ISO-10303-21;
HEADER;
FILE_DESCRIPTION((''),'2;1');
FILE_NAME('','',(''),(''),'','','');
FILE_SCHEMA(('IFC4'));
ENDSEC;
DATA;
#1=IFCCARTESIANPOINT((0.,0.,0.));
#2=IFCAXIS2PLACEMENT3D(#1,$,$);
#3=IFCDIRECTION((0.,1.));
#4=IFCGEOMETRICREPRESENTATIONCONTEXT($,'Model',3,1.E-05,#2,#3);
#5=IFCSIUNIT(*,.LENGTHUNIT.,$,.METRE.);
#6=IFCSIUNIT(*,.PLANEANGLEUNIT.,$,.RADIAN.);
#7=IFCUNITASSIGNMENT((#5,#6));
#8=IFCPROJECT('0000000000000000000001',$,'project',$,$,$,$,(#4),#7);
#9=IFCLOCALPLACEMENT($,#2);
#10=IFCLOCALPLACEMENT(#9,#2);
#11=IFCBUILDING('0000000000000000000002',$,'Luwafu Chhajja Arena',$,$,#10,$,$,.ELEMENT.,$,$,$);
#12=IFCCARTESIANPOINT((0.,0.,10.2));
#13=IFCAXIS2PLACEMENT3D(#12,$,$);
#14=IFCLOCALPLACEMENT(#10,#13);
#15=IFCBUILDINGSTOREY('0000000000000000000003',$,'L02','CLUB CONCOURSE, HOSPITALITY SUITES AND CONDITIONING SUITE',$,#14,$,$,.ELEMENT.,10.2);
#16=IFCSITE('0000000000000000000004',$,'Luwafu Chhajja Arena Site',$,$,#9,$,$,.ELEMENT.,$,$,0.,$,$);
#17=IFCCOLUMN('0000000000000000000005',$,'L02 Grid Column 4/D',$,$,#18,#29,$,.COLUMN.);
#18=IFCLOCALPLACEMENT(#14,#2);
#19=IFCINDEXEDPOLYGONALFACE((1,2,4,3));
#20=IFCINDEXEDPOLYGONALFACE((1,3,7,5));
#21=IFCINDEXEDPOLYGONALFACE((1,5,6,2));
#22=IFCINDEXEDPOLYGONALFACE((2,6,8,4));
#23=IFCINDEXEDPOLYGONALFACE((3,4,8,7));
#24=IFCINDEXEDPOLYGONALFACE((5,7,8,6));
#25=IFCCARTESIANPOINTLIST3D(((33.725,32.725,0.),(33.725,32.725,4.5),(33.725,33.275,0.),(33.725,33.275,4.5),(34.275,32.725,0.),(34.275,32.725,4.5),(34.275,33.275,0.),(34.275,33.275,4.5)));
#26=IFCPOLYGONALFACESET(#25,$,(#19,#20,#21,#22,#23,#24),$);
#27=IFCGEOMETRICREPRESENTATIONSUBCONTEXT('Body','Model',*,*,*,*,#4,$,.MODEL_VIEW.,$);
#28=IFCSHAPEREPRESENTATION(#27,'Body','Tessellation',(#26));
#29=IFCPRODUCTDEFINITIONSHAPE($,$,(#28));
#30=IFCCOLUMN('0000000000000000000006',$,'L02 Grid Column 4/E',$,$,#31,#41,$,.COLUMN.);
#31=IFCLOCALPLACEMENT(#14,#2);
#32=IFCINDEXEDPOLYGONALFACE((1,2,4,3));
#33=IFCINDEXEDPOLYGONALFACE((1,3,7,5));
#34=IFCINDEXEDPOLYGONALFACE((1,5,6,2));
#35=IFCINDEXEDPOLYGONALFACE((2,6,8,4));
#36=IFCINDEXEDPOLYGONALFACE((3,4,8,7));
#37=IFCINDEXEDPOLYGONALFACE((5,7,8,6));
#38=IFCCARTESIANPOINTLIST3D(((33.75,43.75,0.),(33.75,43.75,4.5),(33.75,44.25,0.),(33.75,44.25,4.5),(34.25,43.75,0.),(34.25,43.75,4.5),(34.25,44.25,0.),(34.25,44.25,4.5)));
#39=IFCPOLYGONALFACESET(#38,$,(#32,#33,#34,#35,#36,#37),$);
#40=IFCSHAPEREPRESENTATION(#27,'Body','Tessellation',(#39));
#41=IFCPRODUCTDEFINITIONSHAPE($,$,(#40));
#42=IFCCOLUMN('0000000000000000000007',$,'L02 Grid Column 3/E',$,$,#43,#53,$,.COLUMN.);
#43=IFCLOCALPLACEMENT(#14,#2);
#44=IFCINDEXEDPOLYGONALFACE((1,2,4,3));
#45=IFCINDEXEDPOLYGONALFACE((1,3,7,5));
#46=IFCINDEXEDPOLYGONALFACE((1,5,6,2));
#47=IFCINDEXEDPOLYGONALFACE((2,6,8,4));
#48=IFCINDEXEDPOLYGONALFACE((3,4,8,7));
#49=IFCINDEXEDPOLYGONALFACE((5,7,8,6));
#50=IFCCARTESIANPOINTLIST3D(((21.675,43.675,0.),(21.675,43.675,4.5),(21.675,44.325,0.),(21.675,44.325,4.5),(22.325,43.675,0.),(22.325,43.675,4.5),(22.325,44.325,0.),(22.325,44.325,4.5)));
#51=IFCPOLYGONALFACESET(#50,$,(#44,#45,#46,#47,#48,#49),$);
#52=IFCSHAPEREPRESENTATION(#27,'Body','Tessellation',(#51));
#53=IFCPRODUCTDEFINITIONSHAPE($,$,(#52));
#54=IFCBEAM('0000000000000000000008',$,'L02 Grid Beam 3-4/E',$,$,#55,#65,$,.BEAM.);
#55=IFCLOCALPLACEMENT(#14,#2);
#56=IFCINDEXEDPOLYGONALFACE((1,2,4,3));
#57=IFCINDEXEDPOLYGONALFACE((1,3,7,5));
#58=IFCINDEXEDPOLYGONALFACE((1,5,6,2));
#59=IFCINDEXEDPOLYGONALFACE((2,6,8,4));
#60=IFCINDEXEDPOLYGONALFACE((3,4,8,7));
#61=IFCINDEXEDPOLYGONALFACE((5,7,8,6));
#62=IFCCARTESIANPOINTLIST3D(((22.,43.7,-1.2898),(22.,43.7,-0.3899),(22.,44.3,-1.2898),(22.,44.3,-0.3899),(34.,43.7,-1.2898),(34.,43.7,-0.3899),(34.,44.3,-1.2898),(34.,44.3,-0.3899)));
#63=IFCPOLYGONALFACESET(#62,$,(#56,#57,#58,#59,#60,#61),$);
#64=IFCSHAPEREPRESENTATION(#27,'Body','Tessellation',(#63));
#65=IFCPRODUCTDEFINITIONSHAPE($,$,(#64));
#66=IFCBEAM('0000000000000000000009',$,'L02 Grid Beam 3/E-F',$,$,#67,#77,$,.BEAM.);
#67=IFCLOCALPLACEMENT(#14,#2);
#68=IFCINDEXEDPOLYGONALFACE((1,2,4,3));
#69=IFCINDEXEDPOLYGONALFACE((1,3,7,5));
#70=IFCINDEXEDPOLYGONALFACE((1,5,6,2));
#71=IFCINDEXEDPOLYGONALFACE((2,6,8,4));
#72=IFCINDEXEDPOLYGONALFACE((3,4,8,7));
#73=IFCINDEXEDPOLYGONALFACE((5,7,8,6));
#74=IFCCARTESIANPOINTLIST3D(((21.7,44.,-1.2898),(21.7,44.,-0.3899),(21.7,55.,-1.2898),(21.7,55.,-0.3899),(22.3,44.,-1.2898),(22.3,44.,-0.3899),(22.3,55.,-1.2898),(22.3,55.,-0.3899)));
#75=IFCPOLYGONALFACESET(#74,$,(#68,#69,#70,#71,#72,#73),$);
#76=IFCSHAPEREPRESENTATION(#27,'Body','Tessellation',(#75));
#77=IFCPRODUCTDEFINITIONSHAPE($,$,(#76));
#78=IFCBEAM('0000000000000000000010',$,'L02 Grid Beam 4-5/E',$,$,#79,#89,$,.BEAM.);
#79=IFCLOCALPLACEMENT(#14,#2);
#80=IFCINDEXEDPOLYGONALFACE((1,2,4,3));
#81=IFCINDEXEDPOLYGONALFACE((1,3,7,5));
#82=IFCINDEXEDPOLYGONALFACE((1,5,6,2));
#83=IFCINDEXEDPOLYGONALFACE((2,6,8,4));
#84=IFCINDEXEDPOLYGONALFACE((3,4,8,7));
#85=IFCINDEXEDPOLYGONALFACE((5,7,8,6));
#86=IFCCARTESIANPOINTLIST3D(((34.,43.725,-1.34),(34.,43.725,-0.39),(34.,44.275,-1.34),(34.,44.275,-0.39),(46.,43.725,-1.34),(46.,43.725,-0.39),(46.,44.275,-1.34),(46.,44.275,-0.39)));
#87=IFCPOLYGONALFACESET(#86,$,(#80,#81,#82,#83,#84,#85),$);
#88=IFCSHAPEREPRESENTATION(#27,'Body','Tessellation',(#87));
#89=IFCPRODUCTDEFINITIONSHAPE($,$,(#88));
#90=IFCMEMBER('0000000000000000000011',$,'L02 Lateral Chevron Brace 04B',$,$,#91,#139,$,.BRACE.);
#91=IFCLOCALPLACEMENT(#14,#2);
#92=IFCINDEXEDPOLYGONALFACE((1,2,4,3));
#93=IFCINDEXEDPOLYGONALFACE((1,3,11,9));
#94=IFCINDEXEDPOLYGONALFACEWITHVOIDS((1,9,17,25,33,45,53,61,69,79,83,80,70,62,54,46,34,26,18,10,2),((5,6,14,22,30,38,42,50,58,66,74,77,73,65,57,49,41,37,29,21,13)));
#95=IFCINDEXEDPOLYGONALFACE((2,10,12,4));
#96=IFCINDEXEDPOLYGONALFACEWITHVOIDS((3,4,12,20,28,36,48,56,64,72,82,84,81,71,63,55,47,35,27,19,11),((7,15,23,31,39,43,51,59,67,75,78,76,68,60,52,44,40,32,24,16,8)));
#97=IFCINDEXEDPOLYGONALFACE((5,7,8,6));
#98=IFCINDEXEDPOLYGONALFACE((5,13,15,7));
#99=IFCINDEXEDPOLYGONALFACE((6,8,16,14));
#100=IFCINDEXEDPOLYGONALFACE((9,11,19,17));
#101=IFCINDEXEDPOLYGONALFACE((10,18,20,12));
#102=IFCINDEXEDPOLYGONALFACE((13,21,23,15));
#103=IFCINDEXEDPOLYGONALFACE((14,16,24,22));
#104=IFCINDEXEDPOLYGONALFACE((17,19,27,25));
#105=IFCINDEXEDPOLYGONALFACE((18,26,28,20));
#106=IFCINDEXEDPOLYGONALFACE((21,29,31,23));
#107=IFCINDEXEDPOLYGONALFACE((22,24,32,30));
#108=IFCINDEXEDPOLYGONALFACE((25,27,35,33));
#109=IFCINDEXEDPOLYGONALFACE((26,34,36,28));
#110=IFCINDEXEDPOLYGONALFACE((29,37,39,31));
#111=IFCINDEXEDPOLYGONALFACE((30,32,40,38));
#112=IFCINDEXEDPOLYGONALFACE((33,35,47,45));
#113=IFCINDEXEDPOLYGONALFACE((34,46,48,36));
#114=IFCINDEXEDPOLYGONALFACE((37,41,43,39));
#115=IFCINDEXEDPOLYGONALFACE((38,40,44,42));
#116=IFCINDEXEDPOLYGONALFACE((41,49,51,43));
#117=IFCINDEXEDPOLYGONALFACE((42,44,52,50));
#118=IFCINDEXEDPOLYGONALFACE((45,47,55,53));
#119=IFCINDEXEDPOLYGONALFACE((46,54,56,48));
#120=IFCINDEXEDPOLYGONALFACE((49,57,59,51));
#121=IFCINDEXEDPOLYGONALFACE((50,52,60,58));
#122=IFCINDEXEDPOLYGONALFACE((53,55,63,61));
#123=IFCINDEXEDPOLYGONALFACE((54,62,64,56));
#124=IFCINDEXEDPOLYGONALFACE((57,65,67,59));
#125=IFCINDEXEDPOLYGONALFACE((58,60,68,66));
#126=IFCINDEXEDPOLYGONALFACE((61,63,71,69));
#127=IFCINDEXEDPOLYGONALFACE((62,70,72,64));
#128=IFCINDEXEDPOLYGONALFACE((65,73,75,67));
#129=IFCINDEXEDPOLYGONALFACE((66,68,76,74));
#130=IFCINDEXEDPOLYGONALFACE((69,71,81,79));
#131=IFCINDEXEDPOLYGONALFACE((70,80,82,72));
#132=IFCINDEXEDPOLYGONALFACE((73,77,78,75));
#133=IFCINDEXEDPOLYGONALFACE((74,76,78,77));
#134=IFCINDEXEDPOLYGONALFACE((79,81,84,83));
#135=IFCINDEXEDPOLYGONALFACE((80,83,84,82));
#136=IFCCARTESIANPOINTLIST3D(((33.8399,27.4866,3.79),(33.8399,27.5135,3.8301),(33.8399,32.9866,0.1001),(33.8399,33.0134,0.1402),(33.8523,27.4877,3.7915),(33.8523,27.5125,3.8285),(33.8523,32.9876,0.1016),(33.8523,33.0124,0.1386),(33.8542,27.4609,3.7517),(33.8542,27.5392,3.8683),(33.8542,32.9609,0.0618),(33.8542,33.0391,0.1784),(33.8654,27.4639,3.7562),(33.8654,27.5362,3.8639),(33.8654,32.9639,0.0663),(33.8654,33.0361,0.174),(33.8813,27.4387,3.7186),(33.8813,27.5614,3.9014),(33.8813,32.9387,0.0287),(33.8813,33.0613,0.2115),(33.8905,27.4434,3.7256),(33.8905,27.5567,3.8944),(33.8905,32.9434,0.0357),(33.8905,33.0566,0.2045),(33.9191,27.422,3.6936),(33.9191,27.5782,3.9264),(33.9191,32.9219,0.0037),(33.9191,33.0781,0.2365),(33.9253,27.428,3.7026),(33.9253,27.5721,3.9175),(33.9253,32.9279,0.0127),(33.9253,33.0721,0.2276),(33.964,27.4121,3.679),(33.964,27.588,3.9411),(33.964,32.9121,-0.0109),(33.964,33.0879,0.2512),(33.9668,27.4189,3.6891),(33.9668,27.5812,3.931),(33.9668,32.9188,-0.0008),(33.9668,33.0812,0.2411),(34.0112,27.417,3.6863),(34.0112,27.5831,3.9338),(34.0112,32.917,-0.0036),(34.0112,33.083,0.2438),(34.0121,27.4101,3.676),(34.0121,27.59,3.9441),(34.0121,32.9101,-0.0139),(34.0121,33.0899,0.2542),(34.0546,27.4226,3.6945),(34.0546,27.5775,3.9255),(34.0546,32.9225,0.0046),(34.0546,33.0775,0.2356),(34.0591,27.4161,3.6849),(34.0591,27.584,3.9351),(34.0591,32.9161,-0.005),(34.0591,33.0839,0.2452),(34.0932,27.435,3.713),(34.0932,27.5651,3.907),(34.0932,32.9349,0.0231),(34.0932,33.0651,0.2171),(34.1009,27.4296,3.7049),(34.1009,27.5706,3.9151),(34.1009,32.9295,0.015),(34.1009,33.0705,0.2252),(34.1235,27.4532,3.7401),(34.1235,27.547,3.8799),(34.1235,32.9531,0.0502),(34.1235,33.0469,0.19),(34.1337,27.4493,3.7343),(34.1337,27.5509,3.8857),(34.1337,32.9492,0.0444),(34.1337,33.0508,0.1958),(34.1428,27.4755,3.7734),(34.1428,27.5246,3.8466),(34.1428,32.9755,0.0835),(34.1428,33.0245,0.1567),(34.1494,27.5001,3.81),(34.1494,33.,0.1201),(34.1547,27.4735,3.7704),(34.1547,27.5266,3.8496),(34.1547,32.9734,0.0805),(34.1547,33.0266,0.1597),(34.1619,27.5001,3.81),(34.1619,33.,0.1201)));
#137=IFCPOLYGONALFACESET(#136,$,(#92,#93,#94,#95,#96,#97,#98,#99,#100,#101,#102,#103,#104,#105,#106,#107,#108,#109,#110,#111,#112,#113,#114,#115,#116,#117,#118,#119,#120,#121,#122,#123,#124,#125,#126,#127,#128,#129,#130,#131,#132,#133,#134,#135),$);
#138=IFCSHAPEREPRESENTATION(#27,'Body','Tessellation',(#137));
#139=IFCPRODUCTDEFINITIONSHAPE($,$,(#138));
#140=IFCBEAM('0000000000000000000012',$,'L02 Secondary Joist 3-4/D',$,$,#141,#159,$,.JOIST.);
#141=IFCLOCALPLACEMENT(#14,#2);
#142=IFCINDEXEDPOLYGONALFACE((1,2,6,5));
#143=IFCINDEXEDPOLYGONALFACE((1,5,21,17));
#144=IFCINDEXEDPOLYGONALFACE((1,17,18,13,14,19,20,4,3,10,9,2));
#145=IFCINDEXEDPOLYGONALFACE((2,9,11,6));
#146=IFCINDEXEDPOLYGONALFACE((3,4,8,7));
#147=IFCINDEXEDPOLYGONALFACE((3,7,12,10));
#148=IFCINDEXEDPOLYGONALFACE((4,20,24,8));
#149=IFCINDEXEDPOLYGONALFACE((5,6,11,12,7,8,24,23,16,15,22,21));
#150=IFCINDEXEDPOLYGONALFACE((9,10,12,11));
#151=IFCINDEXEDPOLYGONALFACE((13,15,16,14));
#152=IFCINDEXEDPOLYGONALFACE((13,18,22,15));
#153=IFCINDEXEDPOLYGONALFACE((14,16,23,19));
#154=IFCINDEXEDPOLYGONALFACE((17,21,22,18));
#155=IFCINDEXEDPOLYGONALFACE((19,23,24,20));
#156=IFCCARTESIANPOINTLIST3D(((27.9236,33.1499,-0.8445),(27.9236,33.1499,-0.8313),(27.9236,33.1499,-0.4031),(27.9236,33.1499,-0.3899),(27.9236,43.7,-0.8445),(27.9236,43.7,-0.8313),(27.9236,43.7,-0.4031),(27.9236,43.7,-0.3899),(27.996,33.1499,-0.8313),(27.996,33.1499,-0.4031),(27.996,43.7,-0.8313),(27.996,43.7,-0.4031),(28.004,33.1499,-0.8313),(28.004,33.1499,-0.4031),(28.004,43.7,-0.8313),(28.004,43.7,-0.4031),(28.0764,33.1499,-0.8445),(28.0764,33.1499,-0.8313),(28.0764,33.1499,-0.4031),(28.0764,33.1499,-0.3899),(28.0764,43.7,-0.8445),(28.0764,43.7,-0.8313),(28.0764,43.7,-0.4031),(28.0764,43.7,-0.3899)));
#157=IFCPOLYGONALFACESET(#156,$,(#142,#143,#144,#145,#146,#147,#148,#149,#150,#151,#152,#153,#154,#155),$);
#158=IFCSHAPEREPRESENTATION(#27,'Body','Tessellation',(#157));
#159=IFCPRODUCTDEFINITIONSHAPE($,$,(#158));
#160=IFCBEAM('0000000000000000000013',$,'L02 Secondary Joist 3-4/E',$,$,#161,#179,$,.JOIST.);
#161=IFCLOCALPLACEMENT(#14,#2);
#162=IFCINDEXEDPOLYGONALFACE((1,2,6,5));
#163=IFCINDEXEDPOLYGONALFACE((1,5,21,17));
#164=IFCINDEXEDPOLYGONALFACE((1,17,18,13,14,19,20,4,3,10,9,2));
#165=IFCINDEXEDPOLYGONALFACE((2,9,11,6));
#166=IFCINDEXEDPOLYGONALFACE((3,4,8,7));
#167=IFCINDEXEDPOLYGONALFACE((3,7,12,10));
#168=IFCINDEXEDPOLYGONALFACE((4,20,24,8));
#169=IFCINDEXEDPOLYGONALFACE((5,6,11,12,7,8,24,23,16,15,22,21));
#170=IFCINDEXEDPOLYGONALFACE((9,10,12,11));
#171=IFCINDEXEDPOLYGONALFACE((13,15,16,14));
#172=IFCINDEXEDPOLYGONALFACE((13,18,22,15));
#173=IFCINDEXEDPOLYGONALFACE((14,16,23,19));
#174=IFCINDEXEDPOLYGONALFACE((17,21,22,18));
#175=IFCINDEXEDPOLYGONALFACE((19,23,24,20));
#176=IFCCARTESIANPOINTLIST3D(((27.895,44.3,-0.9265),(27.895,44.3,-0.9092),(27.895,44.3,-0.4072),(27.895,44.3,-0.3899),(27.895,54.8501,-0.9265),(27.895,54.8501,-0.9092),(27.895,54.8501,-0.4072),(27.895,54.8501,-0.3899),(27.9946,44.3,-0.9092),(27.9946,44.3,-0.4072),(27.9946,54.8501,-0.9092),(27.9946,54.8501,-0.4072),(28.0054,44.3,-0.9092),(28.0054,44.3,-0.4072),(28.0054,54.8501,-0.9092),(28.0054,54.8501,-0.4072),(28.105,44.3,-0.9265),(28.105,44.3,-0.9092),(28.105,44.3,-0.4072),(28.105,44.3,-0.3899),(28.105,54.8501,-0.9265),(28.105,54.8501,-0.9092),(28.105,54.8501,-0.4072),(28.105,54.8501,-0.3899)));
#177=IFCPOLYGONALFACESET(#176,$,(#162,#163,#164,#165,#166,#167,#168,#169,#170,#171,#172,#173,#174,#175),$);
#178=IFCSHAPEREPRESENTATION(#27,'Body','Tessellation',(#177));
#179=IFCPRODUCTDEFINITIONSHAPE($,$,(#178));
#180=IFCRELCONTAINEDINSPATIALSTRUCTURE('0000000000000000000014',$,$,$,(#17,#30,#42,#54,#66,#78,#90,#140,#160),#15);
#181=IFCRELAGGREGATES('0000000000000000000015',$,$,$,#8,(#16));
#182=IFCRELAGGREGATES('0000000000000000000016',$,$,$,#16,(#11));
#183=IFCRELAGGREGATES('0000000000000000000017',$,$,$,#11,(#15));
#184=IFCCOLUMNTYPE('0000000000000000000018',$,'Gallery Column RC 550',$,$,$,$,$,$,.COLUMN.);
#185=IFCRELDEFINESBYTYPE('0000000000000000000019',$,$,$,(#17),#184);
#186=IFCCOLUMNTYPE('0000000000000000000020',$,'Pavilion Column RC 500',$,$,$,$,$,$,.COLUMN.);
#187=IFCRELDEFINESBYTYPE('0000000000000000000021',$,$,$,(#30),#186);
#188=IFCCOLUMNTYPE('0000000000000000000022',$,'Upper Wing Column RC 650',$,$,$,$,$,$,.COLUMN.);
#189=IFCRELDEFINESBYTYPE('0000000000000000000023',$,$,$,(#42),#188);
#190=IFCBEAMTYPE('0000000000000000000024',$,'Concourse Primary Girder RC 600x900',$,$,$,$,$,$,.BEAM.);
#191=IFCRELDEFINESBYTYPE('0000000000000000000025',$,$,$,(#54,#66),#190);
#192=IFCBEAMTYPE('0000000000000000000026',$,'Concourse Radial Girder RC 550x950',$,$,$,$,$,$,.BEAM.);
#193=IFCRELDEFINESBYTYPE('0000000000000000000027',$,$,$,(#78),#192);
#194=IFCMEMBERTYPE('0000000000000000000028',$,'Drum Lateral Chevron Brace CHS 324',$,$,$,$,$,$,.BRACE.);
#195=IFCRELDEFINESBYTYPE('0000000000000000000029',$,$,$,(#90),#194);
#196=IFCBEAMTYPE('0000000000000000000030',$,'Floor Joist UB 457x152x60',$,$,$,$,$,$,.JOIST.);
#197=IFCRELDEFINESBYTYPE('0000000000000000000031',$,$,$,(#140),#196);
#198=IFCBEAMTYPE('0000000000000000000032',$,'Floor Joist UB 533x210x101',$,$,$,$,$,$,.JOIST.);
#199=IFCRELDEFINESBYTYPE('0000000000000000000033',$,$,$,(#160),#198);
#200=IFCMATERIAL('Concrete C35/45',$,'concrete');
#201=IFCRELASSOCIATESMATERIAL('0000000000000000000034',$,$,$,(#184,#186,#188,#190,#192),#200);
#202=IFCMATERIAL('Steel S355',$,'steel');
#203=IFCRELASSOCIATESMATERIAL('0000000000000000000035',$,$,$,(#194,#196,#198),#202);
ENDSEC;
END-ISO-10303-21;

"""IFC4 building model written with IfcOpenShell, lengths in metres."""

from ifc_helpers import new_model, si_unit, direction, frame, origin, origin_2d, place, context, subcontext, project, spatial, rectangle, hollow_circle, i_section, extrude, material, material_profile, profile_set, type_object, element, save


model = new_model("IFC4")

# Units and contexts
model_context = context("Model", 3, precision=1e-05, world=origin(), true_north=direction((0.0, 1.0)))
body_context = subcontext(model_context, "Body", "Model", "MODEL_VIEW")
ifc_project = project(units=[si_unit("LENGTHUNIT", "METRE"), si_unit("PLANEANGLEUNIT", "RADIAN")], contexts=[model_context])

# Site, building, storey
site_placement = place(None, origin())
site = spatial("IfcSite", under=ifc_project, at=site_placement, Name="Luwafu Chhajja Arena Site", CompositionType="ELEMENT", RefElevation=0.0)
building_placement = place(site_placement, origin())
building = spatial("IfcBuilding", under=site, at=building_placement, Name="Luwafu Chhajja Arena", CompositionType="ELEMENT")
storey_placement = place(building_placement, frame((0.0, 0.0, 10.2)))
storey = spatial("IfcBuildingStorey", under=building, at=storey_placement, Name="L02", Description="CLUB CONCOURSE, HOSPITALITY SUITES AND CONDITIONING SUITE", CompositionType="ELEMENT", Elevation=10.2)

# Columns
ifc_material_1 = material(Name="Concrete C35/45", Category="concrete")
ifc_material_profile_1 = material_profile(ifc_material_1, rectangle(XDim=0.55, YDim=0.55, at=origin_2d()), Name="RC 550x550")
ifc_profile_set_1 = profile_set([ifc_material_profile_1], Name="Concrete C35/45")
column_type_1 = type_object("IfcColumnType", Name="Gallery Column RC 550", PredefinedType="COLUMN", material=ifc_profile_set_1)
column_1_placement = place(storey_placement, frame((34.0, 33.0, 0.0), z_axis=(0.0, 0.0, 1.0), x_axis=(1.0, 0.0, 0.0)))
element("IfcColumn", 1, at=column_1_placement, inside=storey, type_object=column_type_1, Name="L02 Grid Column 4/D", PredefinedType="COLUMN", context=body_context, shape_type="SweptSolid", body=[
    extrude(rectangle(XDim=0.55, YDim=0.55, at=origin_2d()), origin(), (0.0, 0.0, 1.0), 4.5),
])
ifc_material_profile_2 = material_profile(ifc_material_1, rectangle(XDim=0.5, YDim=0.5, at=origin_2d()), Name="RC 500x500")
ifc_profile_set_2 = profile_set([ifc_material_profile_2], Name="Concrete C35/45")
column_type_2 = type_object("IfcColumnType", Name="Pavilion Column RC 500", PredefinedType="COLUMN", material=ifc_profile_set_2)
column_2_placement = place(storey_placement, frame((34.0, 44.0, 0.0), z_axis=(0.0, 0.0, 1.0), x_axis=(1.0, 0.0, 0.0)))
element("IfcColumn", 2, at=column_2_placement, inside=storey, type_object=column_type_2, Name="L02 Grid Column 4/E", PredefinedType="COLUMN", context=body_context, shape_type="SweptSolid", body=[
    extrude(rectangle(XDim=0.5, YDim=0.5, at=origin_2d()), origin(), (0.0, 0.0, 1.0), 4.5),
])
ifc_material_profile_3 = material_profile(ifc_material_1, rectangle(XDim=0.6499, YDim=0.6499, at=origin_2d()), Name="RC 650x650")
ifc_profile_set_3 = profile_set([ifc_material_profile_3], Name="Concrete C35/45")
column_type_3 = type_object("IfcColumnType", Name="Upper Wing Column RC 650", PredefinedType="COLUMN", material=ifc_profile_set_3)
column_3_placement = place(storey_placement, frame((22.0, 44.0, 0.0), z_axis=(0.0, 0.0, 1.0), x_axis=(1.0, 0.0, 0.0)))
element("IfcColumn", 3, at=column_3_placement, inside=storey, type_object=column_type_3, Name="L02 Grid Column 3/E", PredefinedType="COLUMN", context=body_context, shape_type="SweptSolid", body=[
    extrude(rectangle(XDim=0.6499, YDim=0.6499, at=origin_2d()), origin(), (0.0, 0.0, 1.0), 4.5),
])

# Beams
ifc_material_profile_4 = material_profile(ifc_material_1, rectangle(XDim=0.6001, YDim=0.8999, at=origin_2d()), Name="RC 600x900")
ifc_profile_set_4 = profile_set([ifc_material_profile_4], Name="Concrete C35/45")
beam_type_1 = type_object("IfcBeamType", Name="Concourse Primary Girder RC 600x900", PredefinedType="BEAM", material=ifc_profile_set_4)
beam_1_placement = place(storey_placement, frame((22.0, 44.0, -0.8398), z_axis=(1.0, 0.0, 0.0), x_axis=(0.0, 1.0, 0.0)))
element("IfcBeam", 4, at=beam_1_placement, inside=storey, type_object=beam_type_1, Name="L02 Grid Beam 3-4/E", PredefinedType="BEAM", context=body_context, shape_type="SweptSolid", body=[
    extrude(rectangle(XDim=0.6001, YDim=0.8999, at=origin_2d()), origin(), (0.0, 0.0, 1.0), 12.0),
])
beam_2_placement = place(storey_placement, frame((22.0, 44.0, -0.8398), z_axis=(0.0, 1.0, 0.0), x_axis=(-1.0, 0.0, 0.0)))
element("IfcBeam", 5, at=beam_2_placement, inside=storey, type_object=beam_type_1, Name="L02 Grid Beam 3/E-F", PredefinedType="BEAM", context=body_context, shape_type="SweptSolid", body=[
    extrude(rectangle(XDim=0.6001, YDim=0.8999, at=origin_2d()), origin(), (0.0, 0.0, 1.0), 11.0),
])
ifc_material_profile_5 = material_profile(ifc_material_1, rectangle(XDim=0.55, YDim=0.95, at=origin_2d()), Name="RC 550x950")
ifc_profile_set_5 = profile_set([ifc_material_profile_5], Name="Concrete C35/45")
beam_type_2 = type_object("IfcBeamType", Name="Concourse Radial Girder RC 550x950", PredefinedType="BEAM", material=ifc_profile_set_5)
beam_3_placement = place(storey_placement, frame((34.0, 44.0, -0.865), z_axis=(1.0, 0.0, 0.0), x_axis=(0.0, 1.0, 0.0)))
element("IfcBeam", 6, at=beam_3_placement, inside=storey, type_object=beam_type_2, Name="L02 Grid Beam 4-5/E", PredefinedType="BEAM", context=body_context, shape_type="SweptSolid", body=[
    extrude(rectangle(XDim=0.55, YDim=0.95, at=origin_2d()), origin(), (0.0, 0.0, 1.0), 12.0),
])

# Member
ifc_material_2 = material(Name="Steel S355", Category="steel")
ifc_material_profile_6 = material_profile(ifc_material_2, hollow_circle(Radius=0.1619, WallThickness=0.0125, at=origin_2d()), Name="CHS 323.9x12.5")
ifc_profile_set_6 = profile_set([ifc_material_profile_6], Name="Steel S355")
member_type = type_object("IfcMemberType", Name="Drum Lateral Chevron Brace CHS 324", PredefinedType="BRACE", material=ifc_profile_set_6)
member_placement = place(storey_placement, frame((34.0, 33.0, 0.1201), z_axis=(0.0, -0.830425, 0.557131), x_axis=(1.0, 0.0, 0.0)))
element("IfcMember", 7, at=member_placement, inside=storey, type_object=member_type, Name="L02 Lateral Chevron Brace 04B", PredefinedType="BRACE", context=body_context, shape_type="SweptSolid", body=[
    extrude(hollow_circle(Radius=0.1619, WallThickness=0.0125, at=origin_2d()), origin(), (0.0, 0.0, 1.0), 6.623),
])

# Beams
ifc_material_profile_7 = material_profile(ifc_material_2, i_section(OverallWidth=0.1528, OverallDepth=0.4546, WebThickness=0.0081, FlangeThickness=0.0132, at=origin_2d()), Name="UB 457x152x60")
ifc_profile_set_7 = profile_set([ifc_material_profile_7], Name="Steel S355")
beam_type_3 = type_object("IfcBeamType", Name="Floor Joist UB 457x152x60", PredefinedType="JOIST", material=ifc_profile_set_7)
beam_4_placement = place(storey_placement, frame((28.0, 33.1499, -0.6172), z_axis=(0.0, 1.0, 0.0), x_axis=(-1.0, 0.0, 0.0)))
element("IfcBeam", 8, at=beam_4_placement, inside=storey, type_object=beam_type_3, Name="L02 Secondary Joist 3-4/D", PredefinedType="JOIST", context=body_context, shape_type="SweptSolid", body=[
    extrude(i_section(OverallWidth=0.1528, OverallDepth=0.4546, WebThickness=0.0081, FlangeThickness=0.0132, at=origin_2d()), origin(), (0.0, 0.0, 1.0), 10.55),
])
ifc_material_profile_8 = material_profile(ifc_material_2, i_section(OverallWidth=0.21, OverallDepth=0.5366, WebThickness=0.0107, FlangeThickness=0.0173, at=origin_2d()), Name="UB 533x210x101")
ifc_profile_set_8 = profile_set([ifc_material_profile_8], Name="Steel S355")
beam_type_4 = type_object("IfcBeamType", Name="Floor Joist UB 533x210x101", PredefinedType="JOIST", material=ifc_profile_set_8)
beam_5_placement = place(storey_placement, frame((28.0, 44.3, -0.6582), z_axis=(0.0, 1.0, 0.0), x_axis=(-1.0, 0.0, 0.0)))
element("IfcBeam", 9, at=beam_5_placement, inside=storey, type_object=beam_type_4, Name="L02 Secondary Joist 3-4/E", PredefinedType="JOIST", context=body_context, shape_type="SweptSolid", body=[
    extrude(i_section(OverallWidth=0.21, OverallDepth=0.5366, WebThickness=0.0107, FlangeThickness=0.0173, at=origin_2d()), origin(), (0.0, 0.0, 1.0), 10.55),
])

save(model, "model.ifc")
